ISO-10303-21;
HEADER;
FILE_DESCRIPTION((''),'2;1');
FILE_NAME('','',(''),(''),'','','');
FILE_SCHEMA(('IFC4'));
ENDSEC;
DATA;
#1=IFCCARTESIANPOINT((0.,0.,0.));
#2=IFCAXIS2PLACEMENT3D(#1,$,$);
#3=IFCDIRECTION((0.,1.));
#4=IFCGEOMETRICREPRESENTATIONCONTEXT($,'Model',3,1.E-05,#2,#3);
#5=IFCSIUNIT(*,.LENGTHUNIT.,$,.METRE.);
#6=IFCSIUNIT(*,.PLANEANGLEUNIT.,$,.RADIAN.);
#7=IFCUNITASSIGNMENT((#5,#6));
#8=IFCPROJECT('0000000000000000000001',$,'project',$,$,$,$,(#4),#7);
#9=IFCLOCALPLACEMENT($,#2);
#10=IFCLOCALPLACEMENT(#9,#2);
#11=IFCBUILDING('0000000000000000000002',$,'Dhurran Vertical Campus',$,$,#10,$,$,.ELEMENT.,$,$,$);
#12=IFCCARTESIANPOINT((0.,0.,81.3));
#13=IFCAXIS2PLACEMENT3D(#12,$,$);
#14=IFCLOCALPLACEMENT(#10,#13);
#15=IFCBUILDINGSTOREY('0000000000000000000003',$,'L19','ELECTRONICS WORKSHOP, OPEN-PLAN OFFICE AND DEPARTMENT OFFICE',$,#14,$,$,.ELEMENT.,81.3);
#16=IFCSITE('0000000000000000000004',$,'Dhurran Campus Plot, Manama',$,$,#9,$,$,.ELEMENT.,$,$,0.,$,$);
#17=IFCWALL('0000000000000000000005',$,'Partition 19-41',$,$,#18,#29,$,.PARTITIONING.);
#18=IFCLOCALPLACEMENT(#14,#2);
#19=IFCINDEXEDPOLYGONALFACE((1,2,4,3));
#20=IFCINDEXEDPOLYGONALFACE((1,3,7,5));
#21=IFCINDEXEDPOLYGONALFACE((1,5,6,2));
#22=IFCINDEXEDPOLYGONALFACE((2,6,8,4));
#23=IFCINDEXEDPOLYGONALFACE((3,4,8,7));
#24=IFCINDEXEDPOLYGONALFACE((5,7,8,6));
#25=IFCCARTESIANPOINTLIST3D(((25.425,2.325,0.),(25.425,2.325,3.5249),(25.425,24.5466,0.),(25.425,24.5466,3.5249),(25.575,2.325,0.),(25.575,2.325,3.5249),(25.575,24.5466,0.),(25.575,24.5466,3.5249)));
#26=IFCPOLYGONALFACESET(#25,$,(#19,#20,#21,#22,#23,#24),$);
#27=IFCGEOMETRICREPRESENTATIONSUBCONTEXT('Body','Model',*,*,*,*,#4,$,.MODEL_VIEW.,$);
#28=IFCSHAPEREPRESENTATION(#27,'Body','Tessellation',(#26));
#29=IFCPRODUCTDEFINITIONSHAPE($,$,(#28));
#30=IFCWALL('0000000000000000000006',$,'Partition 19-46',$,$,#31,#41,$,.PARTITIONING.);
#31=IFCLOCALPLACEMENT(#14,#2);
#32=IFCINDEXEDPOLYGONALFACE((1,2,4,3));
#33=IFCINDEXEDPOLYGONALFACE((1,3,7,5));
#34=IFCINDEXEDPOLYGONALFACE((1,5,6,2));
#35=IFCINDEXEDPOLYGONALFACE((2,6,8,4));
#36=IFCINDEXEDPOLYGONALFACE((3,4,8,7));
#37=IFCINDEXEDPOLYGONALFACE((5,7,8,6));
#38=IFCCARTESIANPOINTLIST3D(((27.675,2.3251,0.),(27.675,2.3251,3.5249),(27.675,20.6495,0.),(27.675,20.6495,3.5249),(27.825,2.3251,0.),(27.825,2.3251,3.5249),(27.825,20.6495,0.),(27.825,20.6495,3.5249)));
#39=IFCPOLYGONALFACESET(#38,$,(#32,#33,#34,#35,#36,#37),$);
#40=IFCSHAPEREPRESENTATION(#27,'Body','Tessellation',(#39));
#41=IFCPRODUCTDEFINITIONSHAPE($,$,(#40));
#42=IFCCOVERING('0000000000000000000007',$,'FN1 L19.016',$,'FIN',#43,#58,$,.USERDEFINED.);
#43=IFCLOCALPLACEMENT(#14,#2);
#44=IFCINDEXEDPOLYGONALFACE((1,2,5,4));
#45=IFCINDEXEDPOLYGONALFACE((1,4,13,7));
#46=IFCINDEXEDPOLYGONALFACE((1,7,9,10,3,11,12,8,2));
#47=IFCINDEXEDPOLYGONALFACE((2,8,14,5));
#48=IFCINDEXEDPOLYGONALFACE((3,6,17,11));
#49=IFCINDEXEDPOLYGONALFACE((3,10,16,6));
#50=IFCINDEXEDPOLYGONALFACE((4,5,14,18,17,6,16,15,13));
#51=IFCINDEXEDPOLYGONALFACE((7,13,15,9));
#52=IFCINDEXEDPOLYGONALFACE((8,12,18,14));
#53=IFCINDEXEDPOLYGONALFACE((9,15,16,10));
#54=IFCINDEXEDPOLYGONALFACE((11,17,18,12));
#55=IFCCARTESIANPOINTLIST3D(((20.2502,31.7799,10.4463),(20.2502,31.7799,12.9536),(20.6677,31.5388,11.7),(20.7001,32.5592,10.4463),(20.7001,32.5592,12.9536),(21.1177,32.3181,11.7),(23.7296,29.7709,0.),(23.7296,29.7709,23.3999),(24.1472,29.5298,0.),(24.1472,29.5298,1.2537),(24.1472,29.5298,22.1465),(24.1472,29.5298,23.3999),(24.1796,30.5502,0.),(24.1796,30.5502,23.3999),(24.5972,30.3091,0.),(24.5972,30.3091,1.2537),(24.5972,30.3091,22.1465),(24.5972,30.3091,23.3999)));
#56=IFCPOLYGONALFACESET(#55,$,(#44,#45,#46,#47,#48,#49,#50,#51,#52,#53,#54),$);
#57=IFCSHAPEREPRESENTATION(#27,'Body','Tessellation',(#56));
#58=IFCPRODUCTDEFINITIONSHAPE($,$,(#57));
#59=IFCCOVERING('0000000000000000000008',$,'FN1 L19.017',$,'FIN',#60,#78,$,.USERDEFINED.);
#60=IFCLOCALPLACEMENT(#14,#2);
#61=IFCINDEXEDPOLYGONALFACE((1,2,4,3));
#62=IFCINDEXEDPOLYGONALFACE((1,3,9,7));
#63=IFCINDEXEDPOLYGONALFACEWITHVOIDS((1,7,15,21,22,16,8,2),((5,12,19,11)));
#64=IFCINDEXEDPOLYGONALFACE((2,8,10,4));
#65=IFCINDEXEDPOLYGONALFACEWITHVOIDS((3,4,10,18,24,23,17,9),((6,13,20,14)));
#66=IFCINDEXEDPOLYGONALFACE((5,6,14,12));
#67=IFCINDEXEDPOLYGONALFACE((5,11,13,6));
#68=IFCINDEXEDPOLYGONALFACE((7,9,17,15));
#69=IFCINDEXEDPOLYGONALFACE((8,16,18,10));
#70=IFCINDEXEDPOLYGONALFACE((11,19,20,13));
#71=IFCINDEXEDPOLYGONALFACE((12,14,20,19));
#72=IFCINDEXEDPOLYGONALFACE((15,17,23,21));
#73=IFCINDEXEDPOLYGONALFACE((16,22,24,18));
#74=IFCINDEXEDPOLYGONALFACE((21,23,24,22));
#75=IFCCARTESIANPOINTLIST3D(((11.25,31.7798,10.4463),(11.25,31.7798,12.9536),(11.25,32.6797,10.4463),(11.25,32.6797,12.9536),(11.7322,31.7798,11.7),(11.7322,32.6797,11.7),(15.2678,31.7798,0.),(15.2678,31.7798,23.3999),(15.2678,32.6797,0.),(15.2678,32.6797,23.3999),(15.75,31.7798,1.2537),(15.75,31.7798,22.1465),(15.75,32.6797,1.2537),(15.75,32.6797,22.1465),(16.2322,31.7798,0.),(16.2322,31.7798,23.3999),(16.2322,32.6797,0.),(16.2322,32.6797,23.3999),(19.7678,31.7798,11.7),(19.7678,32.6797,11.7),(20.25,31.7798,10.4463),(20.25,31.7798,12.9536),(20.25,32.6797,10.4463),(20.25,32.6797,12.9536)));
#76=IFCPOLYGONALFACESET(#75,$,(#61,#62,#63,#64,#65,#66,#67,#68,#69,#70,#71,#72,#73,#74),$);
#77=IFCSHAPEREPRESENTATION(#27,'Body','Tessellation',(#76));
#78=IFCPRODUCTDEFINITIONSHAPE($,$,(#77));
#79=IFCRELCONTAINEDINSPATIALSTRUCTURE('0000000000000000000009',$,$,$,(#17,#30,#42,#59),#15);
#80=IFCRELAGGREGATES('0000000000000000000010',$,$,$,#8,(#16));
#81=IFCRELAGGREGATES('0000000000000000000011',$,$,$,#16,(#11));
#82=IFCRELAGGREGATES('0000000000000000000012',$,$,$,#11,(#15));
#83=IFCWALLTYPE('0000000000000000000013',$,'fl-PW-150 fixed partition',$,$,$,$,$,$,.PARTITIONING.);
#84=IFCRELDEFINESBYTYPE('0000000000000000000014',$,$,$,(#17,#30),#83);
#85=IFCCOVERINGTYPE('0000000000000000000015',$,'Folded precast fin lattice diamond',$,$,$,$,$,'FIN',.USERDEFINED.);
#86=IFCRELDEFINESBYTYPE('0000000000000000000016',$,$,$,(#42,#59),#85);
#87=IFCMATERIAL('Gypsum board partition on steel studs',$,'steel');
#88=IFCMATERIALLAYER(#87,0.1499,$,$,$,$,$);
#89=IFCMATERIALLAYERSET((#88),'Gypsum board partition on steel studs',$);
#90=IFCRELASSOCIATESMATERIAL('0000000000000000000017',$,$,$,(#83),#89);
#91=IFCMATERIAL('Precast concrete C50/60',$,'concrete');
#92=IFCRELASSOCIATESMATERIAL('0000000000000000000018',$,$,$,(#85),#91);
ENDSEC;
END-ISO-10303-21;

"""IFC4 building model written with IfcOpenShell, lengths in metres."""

from ifc_helpers import new_model, si_unit, direction, frame, frame_2d, origin, place, context, subcontext, project, spatial, polyline, rectangle, outline, extrude, material, layer, layer_set, type_object, element, save


model = new_model("IFC4")

# Units and contexts
model_context = context("Model", 3, precision=1e-05, world=origin(), true_north=direction((0.0, 1.0)))
body_context = subcontext(model_context, "Body", "Model", "MODEL_VIEW")
ifc_project = project(units=[si_unit("LENGTHUNIT", "METRE"), si_unit("PLANEANGLEUNIT", "RADIAN")], contexts=[model_context])

# Site, building, storey
site_placement = place(None, origin())
site = spatial("IfcSite", under=ifc_project, at=site_placement, Name="Dhurran Campus Plot, Manama", CompositionType="ELEMENT", RefElevation=0.0)
building_placement = place(site_placement, origin())
building = spatial("IfcBuilding", under=site, at=building_placement, Name="Dhurran Vertical Campus", CompositionType="ELEMENT")
storey_placement = place(building_placement, frame((0.0, 0.0, 81.3)))
storey = spatial("IfcBuildingStorey", under=building, at=storey_placement, Name="L19", Description="ELECTRONICS WORKSHOP, OPEN-PLAN OFFICE AND DEPARTMENT OFFICE", CompositionType="ELEMENT", Elevation=81.3)

# Walls
ifc_material_1 = material(Name="Gypsum board partition on steel studs", Category="steel")
ifc_layer_1 = layer(ifc_material_1, 0.1499)
ifc_layer_set_1 = layer_set([ifc_layer_1], Name="Gypsum board partition on steel studs")
wall_type_1 = type_object("IfcWallType", Name="fl-PW-150 fixed partition", PredefinedType="PARTITIONING", material=ifc_layer_set_1)
wall_1_placement = place(storey_placement, frame((25.5, 24.5466, 0.0), z_axis=(0.0, 0.0, 1.0), x_axis=(0.0, -1.0, 0.0)))
element("IfcWall", 1, at=wall_1_placement, inside=storey, type_object=wall_type_1, Name="Partition 19-41", PredefinedType="PARTITIONING", context=body_context, shape_type="SweptSolid", body=[
    extrude(rectangle(XDim=22.2217, YDim=0.1499, at=frame_2d((11.1108, 0.0))), origin(), (0.0, 0.0, 1.0), 3.5249),
])
wall_2_placement = place(storey_placement, frame((27.75, 20.6494, 0.0), z_axis=(0.0, 0.0, 1.0), x_axis=(0.0, -1.0, 0.0)))
element("IfcWall", 2, at=wall_2_placement, inside=storey, type_object=wall_type_1, Name="Partition 19-46", PredefinedType="PARTITIONING", context=body_context, shape_type="SweptSolid", body=[
    extrude(rectangle(XDim=18.3245, YDim=0.1499, at=frame_2d((9.1621, 0.0))), origin(), (0.0, 0.0, 1.0), 3.5249),
])

# Coverings
ifc_material_2 = material(Name="Precast concrete C50/60", Category="concrete")
covering_type = type_object("IfcCoveringType", Name="Folded precast fin lattice diamond", ElementType="FIN", PredefinedType="USERDEFINED", material=ifc_material_2)
covering_1_placement = place(storey_placement, frame((24.1472, 29.5298, 0.0), z_axis=(0.50002, 0.866014, 0.0), x_axis=(-0.866014, 0.50002, 0.0)))
element("IfcCovering", 3, at=covering_1_placement, inside=storey, type_object=covering_type, Name="FN1 L19.016", ObjectType="FIN", PredefinedType="USERDEFINED", context=body_context, shape_type="SweptSolid", body=[
    extrude(outline(polyline([(4.5, 10.4463), (0.4822, 0.0), (0.0, 0.0), (0.0, 1.2537), (4.0178, 11.7), (0.0, 22.1465), (0.0, 23.3999), (0.4822, 23.3999), (4.5, 12.9536), (4.5, 10.4463)])), origin(), (0.0, 0.0, 1.0), 0.8999),
])
covering_2_placement = place(storey_placement, frame((20.25, 31.7798, 0.0), z_axis=(0.0, 1.0, 0.0), x_axis=(-1.0, 0.0, 0.0)))
element("IfcCovering", 4, at=covering_2_placement, inside=storey, type_object=covering_type, Name="FN1 L19.017", ObjectType="FIN", PredefinedType="USERDEFINED", context=body_context, shape_type="SweptSolid", body=[
    extrude(outline(polyline([(9.0, 12.9536), (9.0, 10.4463), (4.9822, 0.0), (4.0178, 0.0), (0.0, 10.4463), (0.0, 12.9536), (4.0178, 23.3999), (4.9822, 23.3999), (9.0, 12.9536)]), holes=[polyline([(8.5178, 11.7), (4.5, 22.1465), (0.4822, 11.7), (4.5, 1.2537), (8.5178, 11.7)])]), origin(), (0.0, 0.0, 1.0), 0.8999),
])

save(model, "model.ifc")
